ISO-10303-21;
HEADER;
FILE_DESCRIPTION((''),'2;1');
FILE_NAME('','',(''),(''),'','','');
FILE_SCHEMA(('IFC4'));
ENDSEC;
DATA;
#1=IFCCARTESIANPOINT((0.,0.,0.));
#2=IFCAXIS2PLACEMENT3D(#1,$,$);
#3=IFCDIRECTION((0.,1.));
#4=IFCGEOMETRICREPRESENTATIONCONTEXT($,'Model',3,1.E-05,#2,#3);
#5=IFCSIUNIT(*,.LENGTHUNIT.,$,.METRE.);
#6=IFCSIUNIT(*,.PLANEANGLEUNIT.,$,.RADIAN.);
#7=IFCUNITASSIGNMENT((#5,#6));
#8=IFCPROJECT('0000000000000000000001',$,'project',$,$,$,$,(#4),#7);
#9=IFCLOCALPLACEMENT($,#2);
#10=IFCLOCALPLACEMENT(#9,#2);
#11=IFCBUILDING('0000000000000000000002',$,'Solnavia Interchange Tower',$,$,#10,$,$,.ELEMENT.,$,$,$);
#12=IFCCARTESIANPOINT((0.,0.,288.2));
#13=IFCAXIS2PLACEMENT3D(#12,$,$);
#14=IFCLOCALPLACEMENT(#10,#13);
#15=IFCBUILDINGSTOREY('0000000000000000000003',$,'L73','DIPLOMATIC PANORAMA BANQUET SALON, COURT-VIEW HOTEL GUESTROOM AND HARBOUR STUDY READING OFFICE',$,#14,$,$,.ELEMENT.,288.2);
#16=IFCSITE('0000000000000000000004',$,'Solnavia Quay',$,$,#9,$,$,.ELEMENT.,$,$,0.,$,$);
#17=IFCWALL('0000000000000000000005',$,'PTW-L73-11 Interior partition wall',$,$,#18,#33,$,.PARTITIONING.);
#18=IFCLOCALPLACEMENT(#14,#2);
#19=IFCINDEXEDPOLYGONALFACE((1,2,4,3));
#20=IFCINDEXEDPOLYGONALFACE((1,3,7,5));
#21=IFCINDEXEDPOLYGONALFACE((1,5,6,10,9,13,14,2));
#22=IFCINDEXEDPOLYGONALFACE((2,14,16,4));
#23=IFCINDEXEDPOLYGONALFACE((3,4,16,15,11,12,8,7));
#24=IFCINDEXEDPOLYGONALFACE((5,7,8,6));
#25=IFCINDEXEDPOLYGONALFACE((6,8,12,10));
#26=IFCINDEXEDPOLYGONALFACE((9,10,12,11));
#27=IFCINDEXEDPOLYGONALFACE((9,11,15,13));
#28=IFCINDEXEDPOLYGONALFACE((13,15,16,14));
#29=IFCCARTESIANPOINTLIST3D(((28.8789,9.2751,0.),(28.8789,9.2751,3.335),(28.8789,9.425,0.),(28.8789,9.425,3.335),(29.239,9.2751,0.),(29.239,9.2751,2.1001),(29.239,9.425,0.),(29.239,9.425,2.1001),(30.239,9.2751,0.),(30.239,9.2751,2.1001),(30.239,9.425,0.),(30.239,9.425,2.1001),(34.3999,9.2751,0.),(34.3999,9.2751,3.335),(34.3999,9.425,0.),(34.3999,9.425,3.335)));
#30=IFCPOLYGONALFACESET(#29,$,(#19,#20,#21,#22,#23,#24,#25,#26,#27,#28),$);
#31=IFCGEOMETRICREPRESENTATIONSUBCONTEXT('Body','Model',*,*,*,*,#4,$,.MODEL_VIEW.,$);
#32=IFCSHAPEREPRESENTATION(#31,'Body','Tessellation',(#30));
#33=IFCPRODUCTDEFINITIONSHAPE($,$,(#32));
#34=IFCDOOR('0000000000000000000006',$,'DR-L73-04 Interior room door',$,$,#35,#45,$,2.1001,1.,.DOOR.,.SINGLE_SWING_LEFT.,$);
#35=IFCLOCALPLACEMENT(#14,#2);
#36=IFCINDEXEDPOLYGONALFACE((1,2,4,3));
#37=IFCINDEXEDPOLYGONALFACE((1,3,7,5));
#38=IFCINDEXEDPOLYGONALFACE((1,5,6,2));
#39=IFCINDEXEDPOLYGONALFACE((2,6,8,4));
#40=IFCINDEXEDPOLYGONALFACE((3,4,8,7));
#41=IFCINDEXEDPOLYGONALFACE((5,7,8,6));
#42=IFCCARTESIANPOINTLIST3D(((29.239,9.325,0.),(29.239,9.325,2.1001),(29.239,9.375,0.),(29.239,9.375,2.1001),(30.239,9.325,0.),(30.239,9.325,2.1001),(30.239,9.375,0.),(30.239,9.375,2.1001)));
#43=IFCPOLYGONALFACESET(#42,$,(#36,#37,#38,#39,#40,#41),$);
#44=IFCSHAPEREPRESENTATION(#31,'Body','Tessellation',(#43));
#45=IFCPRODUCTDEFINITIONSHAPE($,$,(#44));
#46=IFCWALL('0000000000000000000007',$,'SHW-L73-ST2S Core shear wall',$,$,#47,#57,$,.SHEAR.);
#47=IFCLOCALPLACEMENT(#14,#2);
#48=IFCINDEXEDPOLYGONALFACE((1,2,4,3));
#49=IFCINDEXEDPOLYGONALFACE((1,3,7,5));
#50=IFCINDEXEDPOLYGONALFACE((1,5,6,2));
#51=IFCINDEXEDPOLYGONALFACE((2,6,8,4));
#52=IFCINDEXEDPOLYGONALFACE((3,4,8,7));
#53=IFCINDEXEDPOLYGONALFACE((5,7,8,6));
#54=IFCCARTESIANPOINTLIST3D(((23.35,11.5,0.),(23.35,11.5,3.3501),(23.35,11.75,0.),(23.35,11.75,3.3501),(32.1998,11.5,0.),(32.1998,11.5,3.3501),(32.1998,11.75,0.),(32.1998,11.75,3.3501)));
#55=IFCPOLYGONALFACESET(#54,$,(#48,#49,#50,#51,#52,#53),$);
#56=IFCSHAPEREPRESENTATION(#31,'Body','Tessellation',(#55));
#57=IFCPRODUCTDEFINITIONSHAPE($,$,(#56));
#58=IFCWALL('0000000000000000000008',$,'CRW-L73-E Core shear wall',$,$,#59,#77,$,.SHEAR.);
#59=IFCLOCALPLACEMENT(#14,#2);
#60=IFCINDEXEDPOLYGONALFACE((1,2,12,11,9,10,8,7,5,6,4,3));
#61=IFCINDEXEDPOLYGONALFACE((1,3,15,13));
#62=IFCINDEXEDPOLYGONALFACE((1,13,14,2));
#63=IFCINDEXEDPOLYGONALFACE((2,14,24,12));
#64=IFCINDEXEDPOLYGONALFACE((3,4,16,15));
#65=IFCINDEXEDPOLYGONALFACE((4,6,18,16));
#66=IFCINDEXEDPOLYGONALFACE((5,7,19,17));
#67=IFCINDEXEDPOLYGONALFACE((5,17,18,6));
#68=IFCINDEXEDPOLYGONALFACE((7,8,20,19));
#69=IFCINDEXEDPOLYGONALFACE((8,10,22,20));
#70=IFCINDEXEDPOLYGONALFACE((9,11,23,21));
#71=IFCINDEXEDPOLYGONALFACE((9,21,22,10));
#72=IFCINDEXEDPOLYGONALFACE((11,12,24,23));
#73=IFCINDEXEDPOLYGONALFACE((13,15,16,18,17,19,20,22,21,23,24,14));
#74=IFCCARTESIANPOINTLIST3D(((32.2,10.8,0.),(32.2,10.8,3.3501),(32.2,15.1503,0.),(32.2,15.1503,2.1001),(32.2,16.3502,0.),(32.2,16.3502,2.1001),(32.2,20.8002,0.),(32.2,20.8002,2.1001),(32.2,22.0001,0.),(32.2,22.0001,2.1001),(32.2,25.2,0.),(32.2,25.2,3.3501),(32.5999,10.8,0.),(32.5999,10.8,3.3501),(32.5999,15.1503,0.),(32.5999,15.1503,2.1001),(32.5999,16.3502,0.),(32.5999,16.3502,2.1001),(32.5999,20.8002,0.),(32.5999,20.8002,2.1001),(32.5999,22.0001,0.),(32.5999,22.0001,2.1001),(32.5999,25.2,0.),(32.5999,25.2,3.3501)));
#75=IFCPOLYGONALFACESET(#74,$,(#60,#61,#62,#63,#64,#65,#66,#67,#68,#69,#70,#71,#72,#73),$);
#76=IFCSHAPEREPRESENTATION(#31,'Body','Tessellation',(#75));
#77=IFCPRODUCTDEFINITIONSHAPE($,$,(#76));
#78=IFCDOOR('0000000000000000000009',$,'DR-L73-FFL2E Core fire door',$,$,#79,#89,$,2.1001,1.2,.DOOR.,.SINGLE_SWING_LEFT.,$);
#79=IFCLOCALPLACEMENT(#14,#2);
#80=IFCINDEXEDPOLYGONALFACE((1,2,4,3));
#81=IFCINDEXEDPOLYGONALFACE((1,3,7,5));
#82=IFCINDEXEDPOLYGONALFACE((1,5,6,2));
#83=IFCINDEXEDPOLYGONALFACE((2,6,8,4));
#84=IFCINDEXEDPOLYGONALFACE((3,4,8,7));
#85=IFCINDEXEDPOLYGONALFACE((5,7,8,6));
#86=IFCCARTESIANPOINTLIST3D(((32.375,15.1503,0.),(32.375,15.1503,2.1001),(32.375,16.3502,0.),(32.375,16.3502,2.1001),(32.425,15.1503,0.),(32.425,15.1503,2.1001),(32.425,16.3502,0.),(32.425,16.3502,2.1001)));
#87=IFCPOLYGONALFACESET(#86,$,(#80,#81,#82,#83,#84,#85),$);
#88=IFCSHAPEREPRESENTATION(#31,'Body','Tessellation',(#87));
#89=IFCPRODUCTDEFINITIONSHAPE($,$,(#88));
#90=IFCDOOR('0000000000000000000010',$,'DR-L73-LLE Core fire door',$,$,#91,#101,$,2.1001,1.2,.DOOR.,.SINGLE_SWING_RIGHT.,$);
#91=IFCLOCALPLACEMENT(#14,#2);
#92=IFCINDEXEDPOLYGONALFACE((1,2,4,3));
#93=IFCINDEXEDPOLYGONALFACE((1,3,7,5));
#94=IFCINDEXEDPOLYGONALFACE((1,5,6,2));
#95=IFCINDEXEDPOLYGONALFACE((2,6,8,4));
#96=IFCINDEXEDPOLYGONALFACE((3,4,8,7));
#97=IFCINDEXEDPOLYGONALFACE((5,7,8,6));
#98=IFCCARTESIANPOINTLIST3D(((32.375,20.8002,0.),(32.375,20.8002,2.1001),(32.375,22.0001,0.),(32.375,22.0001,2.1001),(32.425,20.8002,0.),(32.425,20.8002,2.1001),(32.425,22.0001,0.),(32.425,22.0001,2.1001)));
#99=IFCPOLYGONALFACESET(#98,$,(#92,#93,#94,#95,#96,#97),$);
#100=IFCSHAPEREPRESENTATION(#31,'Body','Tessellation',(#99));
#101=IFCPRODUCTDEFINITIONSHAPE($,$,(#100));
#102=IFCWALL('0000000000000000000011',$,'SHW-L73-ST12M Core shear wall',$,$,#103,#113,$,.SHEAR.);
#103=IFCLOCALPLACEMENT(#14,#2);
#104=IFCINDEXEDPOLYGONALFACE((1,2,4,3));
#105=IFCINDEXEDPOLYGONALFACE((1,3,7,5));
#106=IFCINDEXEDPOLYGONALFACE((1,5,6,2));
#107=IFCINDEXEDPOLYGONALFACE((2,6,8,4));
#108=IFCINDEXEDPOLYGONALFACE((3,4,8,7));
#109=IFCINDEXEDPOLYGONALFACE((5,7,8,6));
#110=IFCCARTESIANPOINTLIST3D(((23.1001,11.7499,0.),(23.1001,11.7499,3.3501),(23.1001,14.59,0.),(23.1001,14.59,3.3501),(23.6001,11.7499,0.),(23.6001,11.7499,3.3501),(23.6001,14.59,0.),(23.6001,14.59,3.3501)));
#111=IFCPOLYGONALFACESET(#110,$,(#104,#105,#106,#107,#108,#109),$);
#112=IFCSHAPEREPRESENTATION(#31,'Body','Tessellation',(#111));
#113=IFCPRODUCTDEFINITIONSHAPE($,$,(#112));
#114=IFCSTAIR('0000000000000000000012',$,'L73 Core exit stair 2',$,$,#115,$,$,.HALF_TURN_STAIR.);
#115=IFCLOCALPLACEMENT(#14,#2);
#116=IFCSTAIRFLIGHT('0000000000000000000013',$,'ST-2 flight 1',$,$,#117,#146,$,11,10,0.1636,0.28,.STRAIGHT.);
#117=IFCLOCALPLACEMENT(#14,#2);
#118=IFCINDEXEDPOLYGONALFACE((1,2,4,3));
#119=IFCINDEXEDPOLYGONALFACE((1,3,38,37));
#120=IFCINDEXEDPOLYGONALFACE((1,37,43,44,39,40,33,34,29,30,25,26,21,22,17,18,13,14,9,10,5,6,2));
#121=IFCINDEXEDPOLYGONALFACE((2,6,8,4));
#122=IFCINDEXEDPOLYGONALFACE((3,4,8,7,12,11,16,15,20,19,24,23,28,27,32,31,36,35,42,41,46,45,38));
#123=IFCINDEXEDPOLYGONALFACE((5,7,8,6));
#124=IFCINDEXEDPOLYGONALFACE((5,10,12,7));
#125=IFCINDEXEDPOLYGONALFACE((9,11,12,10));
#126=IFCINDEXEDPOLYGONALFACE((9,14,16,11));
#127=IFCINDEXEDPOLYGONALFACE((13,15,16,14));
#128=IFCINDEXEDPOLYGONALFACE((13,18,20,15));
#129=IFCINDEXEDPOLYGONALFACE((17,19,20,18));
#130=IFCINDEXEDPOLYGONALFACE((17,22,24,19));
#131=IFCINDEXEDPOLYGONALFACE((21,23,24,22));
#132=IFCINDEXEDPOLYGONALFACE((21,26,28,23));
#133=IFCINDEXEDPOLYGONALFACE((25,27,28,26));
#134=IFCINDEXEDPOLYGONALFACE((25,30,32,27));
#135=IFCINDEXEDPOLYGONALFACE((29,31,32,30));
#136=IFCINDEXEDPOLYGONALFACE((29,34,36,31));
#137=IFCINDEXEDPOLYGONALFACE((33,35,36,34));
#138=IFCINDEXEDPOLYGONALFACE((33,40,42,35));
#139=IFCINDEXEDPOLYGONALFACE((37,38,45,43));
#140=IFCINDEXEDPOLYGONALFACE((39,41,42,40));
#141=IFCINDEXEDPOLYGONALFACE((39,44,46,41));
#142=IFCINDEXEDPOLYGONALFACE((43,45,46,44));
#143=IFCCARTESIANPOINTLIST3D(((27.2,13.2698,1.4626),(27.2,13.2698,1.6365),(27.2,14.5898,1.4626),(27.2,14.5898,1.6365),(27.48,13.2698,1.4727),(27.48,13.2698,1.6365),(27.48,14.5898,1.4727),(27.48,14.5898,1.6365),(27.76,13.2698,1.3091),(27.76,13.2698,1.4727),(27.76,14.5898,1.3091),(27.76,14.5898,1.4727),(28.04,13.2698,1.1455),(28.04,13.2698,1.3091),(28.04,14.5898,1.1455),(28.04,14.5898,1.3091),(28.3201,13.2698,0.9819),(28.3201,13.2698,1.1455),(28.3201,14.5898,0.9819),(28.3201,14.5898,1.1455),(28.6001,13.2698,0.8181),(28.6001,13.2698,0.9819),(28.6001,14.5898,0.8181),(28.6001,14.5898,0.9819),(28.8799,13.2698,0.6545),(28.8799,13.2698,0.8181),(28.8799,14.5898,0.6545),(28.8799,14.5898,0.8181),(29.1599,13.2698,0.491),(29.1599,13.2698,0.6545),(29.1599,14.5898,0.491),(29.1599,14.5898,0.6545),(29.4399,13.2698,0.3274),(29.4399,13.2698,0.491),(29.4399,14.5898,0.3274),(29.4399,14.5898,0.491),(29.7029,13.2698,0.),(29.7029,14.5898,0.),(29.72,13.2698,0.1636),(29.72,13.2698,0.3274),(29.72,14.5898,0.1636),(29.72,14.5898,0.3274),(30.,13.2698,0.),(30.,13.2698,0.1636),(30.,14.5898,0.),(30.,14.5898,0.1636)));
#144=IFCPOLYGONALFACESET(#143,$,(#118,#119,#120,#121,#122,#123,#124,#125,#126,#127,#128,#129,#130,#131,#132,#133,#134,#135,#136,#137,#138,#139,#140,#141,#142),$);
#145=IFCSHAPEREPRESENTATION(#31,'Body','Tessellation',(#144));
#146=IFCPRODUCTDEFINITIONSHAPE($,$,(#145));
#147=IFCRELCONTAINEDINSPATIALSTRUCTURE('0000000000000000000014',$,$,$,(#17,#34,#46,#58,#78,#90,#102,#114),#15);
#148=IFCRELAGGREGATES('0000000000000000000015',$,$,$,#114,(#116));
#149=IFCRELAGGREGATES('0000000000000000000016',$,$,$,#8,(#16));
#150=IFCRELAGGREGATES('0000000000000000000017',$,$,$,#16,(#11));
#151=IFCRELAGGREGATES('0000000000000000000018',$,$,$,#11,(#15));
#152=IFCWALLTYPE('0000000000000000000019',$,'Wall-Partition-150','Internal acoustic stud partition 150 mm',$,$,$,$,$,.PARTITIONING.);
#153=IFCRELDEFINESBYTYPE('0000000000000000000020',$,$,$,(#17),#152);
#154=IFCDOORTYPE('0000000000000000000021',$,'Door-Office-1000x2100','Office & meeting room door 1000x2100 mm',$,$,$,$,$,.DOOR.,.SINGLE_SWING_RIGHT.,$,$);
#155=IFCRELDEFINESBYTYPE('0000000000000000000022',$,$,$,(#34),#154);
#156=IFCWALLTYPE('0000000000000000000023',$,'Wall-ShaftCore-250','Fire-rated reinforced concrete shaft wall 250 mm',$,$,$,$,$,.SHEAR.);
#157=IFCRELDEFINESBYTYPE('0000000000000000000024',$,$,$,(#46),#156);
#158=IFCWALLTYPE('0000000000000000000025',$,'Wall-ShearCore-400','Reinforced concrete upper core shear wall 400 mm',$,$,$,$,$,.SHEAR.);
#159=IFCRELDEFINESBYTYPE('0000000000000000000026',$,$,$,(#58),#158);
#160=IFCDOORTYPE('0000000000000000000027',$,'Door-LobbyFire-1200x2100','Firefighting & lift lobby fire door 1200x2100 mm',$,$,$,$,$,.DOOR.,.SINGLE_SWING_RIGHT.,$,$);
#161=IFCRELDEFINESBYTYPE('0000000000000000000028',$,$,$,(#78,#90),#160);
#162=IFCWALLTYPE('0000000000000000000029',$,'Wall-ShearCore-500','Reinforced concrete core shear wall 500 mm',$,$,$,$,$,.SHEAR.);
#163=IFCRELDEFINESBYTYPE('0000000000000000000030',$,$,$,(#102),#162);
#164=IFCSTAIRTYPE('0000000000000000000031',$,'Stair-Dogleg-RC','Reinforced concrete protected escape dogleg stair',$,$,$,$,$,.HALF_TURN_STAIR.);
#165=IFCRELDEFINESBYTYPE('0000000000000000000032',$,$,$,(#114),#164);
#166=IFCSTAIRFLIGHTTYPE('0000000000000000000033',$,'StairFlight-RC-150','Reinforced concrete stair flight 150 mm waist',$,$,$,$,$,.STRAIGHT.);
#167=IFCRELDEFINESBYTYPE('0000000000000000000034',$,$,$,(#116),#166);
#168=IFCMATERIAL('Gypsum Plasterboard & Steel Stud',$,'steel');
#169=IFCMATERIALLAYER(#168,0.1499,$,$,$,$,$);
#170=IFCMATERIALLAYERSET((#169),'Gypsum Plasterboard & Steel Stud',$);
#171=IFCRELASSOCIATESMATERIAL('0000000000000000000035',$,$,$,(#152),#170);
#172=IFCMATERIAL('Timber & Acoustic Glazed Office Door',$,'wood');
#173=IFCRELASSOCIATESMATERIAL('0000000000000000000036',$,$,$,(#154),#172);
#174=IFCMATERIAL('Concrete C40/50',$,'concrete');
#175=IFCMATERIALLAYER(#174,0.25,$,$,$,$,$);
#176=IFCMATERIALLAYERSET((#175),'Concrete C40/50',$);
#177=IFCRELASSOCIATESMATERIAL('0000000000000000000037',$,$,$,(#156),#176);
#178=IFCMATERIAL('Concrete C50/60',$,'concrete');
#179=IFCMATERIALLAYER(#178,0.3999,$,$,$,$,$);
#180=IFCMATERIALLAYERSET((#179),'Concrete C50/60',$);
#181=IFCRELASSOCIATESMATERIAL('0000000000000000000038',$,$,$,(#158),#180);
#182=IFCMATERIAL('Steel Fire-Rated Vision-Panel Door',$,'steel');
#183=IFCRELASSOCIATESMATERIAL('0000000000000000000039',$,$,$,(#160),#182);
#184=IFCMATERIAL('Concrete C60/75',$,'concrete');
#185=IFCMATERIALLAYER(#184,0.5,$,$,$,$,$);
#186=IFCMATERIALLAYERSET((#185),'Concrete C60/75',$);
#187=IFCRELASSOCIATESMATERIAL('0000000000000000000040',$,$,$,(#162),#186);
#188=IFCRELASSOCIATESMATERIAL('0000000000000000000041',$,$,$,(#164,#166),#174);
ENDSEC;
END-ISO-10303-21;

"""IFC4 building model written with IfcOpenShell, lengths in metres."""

from ifc_helpers import new_model, si_unit, direction, frame, frame_2d, origin, place, context, subcontext, project, spatial, polyline, rectangle, outline, extrude, material, layer, layer_set, type_object, element, fill, aggregate, save


model = new_model("IFC4")

# Units and contexts
model_context = context("Model", 3, precision=1e-05, world=origin(), true_north=direction((0.0, 1.0)))
body_context = subcontext(model_context, "Body", "Model", "MODEL_VIEW")
ifc_project = project(units=[si_unit("LENGTHUNIT", "METRE"), si_unit("PLANEANGLEUNIT", "RADIAN")], contexts=[model_context])

# Site, building, storey
site_placement = place(None, origin())
site = spatial("IfcSite", under=ifc_project, at=site_placement, Name="Solnavia Quay", CompositionType="ELEMENT", RefElevation=0.0)
building_placement = place(site_placement, origin())
building = spatial("IfcBuilding", under=site, at=building_placement, Name="Solnavia Interchange Tower", CompositionType="ELEMENT")
storey_placement = place(building_placement, frame((0.0, 0.0, 288.2)))
storey = spatial("IfcBuildingStorey", under=building, at=storey_placement, Name="L73", Description="DIPLOMATIC PANORAMA BANQUET SALON, COURT-VIEW HOTEL GUESTROOM AND HARBOUR STUDY READING OFFICE", CompositionType="ELEMENT", Elevation=288.2)

# Shared definitions
ifc_material_1 = material(Name="Concrete C50/60", Category="concrete")

# Shared definitions
ifc_material_2 = material(Name="Concrete C40/50", Category="concrete")

# Shared definitions
ifc_material_3 = material(Name="Gypsum Plasterboard & Steel Stud", Category="steel")
ifc_layer_1 = layer(ifc_material_3, 0.1499)
ifc_layer_set_1 = layer_set([ifc_layer_1], Name="Gypsum Plasterboard & Steel Stud")
wall_type_1 = type_object("IfcWallType", Name="Wall-Partition-150", Description="Internal acoustic stud partition 150 mm", PredefinedType="PARTITIONING", material=ifc_layer_set_1)

# Wall, opening, door
wall_1_placement = place(storey_placement, frame((28.8789, 9.3501, 0.0), z_axis=(0.0, 0.0, 1.0), x_axis=(1.0, 0.0, 0.0)))
wall_1 = element("IfcWall", 1, at=wall_1_placement, inside=storey, type_object=wall_type_1, Name="PTW-L73-11 Interior partition wall", PredefinedType="PARTITIONING", context=body_context, shape_type="SweptSolid", body=[
    extrude(rectangle(XDim=5.521, YDim=0.1499, at=frame_2d((2.7605, 0.0))), origin(), (0.0, 0.0, 1.0), 3.335),
])
opening_1_placement = place(wall_1_placement, frame((0.3601, 0.0, 0.0)))
opening_1 = element("IfcOpeningElement", 2, at=opening_1_placement, cuts=wall_1, PredefinedType="OPENING", context=body_context, shape_type="SweptSolid", body=[
    extrude(rectangle(XDim=1.0, YDim=2.1001, at=frame_2d((0.5, 1.05))), frame((0.0, 0.085, 0.0), z_axis=(0.0, -1.0, 0.0), x_axis=(1.0, 0.0, 0.0)), (0.0, 0.0, 1.0), 0.1699),
])
ifc_material_4 = material(Name="Timber & Acoustic Glazed Office Door", Category="wood")
door_type_1 = type_object("IfcDoorType", Name="Door-Office-1000x2100", Description="Office & meeting room door 1000x2100 mm", OperationType="SINGLE_SWING_RIGHT", PredefinedType="DOOR", material=ifc_material_4)
door_1_placement = place(opening_1_placement, origin())
door_1 = element("IfcDoor", 3, at=door_1_placement, inside=storey, type_object=door_type_1, Name="DR-L73-04 Interior room door", OperationType="SINGLE_SWING_LEFT", OverallHeight=2.1001, OverallWidth=1.0, PredefinedType="DOOR", context=body_context, shape_type="SweptSolid", body=[
    extrude(rectangle(XDim=1.0, YDim=2.1001, at=frame_2d((0.5, 1.05))), frame((0.0, 0.0249, 0.0), z_axis=(0.0, -1.0, 0.0), x_axis=(1.0, 0.0, 0.0)), (0.0, 0.0, 1.0), 0.05),
])
fill(opening_1, door_1)

# Wall
ifc_layer_2 = layer(ifc_material_2, 0.25)
ifc_layer_set_2 = layer_set([ifc_layer_2], Name="Concrete C40/50")
wall_type_2 = type_object("IfcWallType", Name="Wall-ShaftCore-250", Description="Fire-rated reinforced concrete shaft wall 250 mm", PredefinedType="SHEAR", material=ifc_layer_set_2)
wall_2_placement = place(storey_placement, frame((23.3501, 11.625, 0.0), z_axis=(0.0, 0.0, 1.0), x_axis=(1.0, 0.0, 0.0)))
element("IfcWall", 4, at=wall_2_placement, inside=storey, type_object=wall_type_2, Name="SHW-L73-ST2S Core shear wall", PredefinedType="SHEAR", context=body_context, shape_type="SweptSolid", body=[
    extrude(rectangle(XDim=8.8499, YDim=0.25, at=frame_2d((4.4248, 0.0))), origin(), (0.0, 0.0, 1.0), 3.3501),
])

# Wall, openings, doors
ifc_layer_3 = layer(ifc_material_1, 0.3999)
ifc_layer_set_3 = layer_set([ifc_layer_3], Name="Concrete C50/60")
wall_type_3 = type_object("IfcWallType", Name="Wall-ShearCore-400", Description="Reinforced concrete upper core shear wall 400 mm", PredefinedType="SHEAR", material=ifc_layer_set_3)
wall_3_placement = place(storey_placement, frame((32.3999, 10.8, 0.0), z_axis=(0.0, 0.0, 1.0), x_axis=(0.0, 1.0, 0.0)))
wall_3 = element("IfcWall", 5, at=wall_3_placement, inside=storey, type_object=wall_type_3, Name="CRW-L73-E Core shear wall", PredefinedType="SHEAR", context=body_context, shape_type="SweptSolid", body=[
    extrude(rectangle(XDim=14.3999, YDim=0.3999, at=frame_2d((7.2, 0.0))), origin(), (0.0, 0.0, 1.0), 3.3501),
])
opening_2_placement = place(wall_3_placement, frame((4.3501, 0.0, 0.0)))
opening_2 = element("IfcOpeningElement", 6, at=opening_2_placement, cuts=wall_3, PredefinedType="OPENING", context=body_context, shape_type="SweptSolid", body=[
    extrude(rectangle(XDim=1.2, YDim=2.1001, at=frame_2d((0.6001, 1.05))), frame((0.0, 0.21, 0.0), z_axis=(0.0, -1.0, 0.0), x_axis=(1.0, 0.0, 0.0)), (0.0, 0.0, 1.0), 0.4199),
])
opening_3_placement = place(wall_3_placement, frame((10.0, 0.0, 0.0)))
opening_3 = element("IfcOpeningElement", 7, at=opening_3_placement, cuts=wall_3, PredefinedType="OPENING", context=body_context, shape_type="SweptSolid", body=[
    extrude(rectangle(XDim=1.2, YDim=2.1001, at=frame_2d((0.6001, 1.05))), frame((0.0, 0.21, 0.0), z_axis=(0.0, -1.0, 0.0), x_axis=(1.0, 0.0, 0.0)), (0.0, 0.0, 1.0), 0.4199),
])
ifc_material_5 = material(Name="Steel Fire-Rated Vision-Panel Door", Category="steel")
door_type_2 = type_object("IfcDoorType", Name="Door-LobbyFire-1200x2100", Description="Firefighting & lift lobby fire door 1200x2100 mm", OperationType="SINGLE_SWING_RIGHT", PredefinedType="DOOR", material=ifc_material_5)
door_2_placement = place(opening_2_placement, origin())
door_2 = element("IfcDoor", 8, at=door_2_placement, inside=storey, type_object=door_type_2, Name="DR-L73-FFL2E Core fire door", OperationType="SINGLE_SWING_LEFT", OverallHeight=2.1001, OverallWidth=1.2, PredefinedType="DOOR", context=body_context, shape_type="SweptSolid", body=[
    extrude(rectangle(XDim=1.2, YDim=2.1001, at=frame_2d((0.6001, 1.05))), frame((0.0, 0.0249, 0.0), z_axis=(0.0, -1.0, 0.0), x_axis=(1.0, 0.0, 0.0)), (0.0, 0.0, 1.0), 0.05),
])
fill(opening_2, door_2)
door_3_placement = place(opening_3_placement, origin())
door_3 = element("IfcDoor", 9, at=door_3_placement, inside=storey, type_object=door_type_2, Name="DR-L73-LLE Core fire door", OperationType="SINGLE_SWING_RIGHT", OverallHeight=2.1001, OverallWidth=1.2, PredefinedType="DOOR", context=body_context, shape_type="SweptSolid", body=[
    extrude(rectangle(XDim=1.2, YDim=2.1001, at=frame_2d((0.6001, 1.05))), frame((0.0, 0.0249, 0.0), z_axis=(0.0, -1.0, 0.0), x_axis=(1.0, 0.0, 0.0)), (0.0, 0.0, 1.0), 0.05),
])
fill(opening_3, door_3)

# Wall
ifc_material_6 = material(Name="Concrete C60/75", Category="concrete")
ifc_layer_4 = layer(ifc_material_6, 0.5)
ifc_layer_set_4 = layer_set([ifc_layer_4], Name="Concrete C60/75")
wall_type_4 = type_object("IfcWallType", Name="Wall-ShearCore-500", Description="Reinforced concrete core shear wall 500 mm", PredefinedType="SHEAR", material=ifc_layer_set_4)
wall_4_placement = place(storey_placement, frame((23.3501, 11.75, 0.0), z_axis=(0.0, 0.0, 1.0), x_axis=(0.0, 1.0, 0.0)))
element("IfcWall", 10, at=wall_4_placement, inside=storey, type_object=wall_type_4, Name="SHW-L73-ST12M Core shear wall", PredefinedType="SHEAR", context=body_context, shape_type="SweptSolid", body=[
    extrude(rectangle(XDim=2.8401, YDim=0.5, at=frame_2d((1.4199, 0.0))), origin(), (0.0, 0.0, 1.0), 3.3501),
])

# Stair, stair flight
stair_type = type_object("IfcStairType", Name="Stair-Dogleg-RC", Description="Reinforced concrete protected escape dogleg stair", PredefinedType="HALF_TURN_STAIR", material=ifc_material_2)
stair_placement = place(storey_placement, origin())
stair = element("IfcStair", 11, at=stair_placement, inside=storey, type_object=stair_type, Name="L73 Core exit stair 2", PredefinedType="HALF_TURN_STAIR")
stair_flight_type = type_object("IfcStairFlightType", Name="StairFlight-RC-150", Description="Reinforced concrete stair flight 150 mm waist", PredefinedType="STRAIGHT", material=ifc_material_2)
stair_flight_1_placement = place(storey_placement, frame((30.0, 13.9299, 0.0), z_axis=(0.0, 0.0, 1.0), x_axis=(-1.0, 0.0, 0.0)))
stair_flight_1 = element("IfcStairFlight", 12, at=stair_flight_1_placement, type_object=stair_flight_type, Name="ST-2 flight 1", NumberOfRisers=11, NumberOfTreads=10, PredefinedType="STRAIGHT", RiserHeight=0.1636, TreadLength=0.28, context=body_context, shape_type="SweptSolid", body=[
    extrude(outline(polyline([(0.0, 0.0), (0.0, 0.1636), (0.28, 0.1636), (0.28, 0.3274), (0.5601, 0.3274), (0.5601, 0.491), (0.8401, 0.491), (0.8401, 0.6545), (1.1201, 0.6545), (1.1201, 0.8181), (1.3999, 0.8181), (1.3999, 0.9819), (1.6799, 0.9819), (1.6799, 1.1455), (1.96, 1.1455), (1.96, 1.3091), (2.24, 1.3091), (2.24, 1.4727), (2.52, 1.4727), (2.52, 1.6365), (2.8, 1.6365), (2.8, 1.8), (2.8, 1.4626), (0.2971, 0.0), (0.0, 0.0)])), frame((0.0, 0.6602, 0.0), z_axis=(0.0, -1.0, 0.0), x_axis=(1.0, 0.0, 0.0)), (0.0, 0.0, 1.0), 1.3201),
])
aggregate(stair, [stair_flight_1])

save(model, "model.ifc")
